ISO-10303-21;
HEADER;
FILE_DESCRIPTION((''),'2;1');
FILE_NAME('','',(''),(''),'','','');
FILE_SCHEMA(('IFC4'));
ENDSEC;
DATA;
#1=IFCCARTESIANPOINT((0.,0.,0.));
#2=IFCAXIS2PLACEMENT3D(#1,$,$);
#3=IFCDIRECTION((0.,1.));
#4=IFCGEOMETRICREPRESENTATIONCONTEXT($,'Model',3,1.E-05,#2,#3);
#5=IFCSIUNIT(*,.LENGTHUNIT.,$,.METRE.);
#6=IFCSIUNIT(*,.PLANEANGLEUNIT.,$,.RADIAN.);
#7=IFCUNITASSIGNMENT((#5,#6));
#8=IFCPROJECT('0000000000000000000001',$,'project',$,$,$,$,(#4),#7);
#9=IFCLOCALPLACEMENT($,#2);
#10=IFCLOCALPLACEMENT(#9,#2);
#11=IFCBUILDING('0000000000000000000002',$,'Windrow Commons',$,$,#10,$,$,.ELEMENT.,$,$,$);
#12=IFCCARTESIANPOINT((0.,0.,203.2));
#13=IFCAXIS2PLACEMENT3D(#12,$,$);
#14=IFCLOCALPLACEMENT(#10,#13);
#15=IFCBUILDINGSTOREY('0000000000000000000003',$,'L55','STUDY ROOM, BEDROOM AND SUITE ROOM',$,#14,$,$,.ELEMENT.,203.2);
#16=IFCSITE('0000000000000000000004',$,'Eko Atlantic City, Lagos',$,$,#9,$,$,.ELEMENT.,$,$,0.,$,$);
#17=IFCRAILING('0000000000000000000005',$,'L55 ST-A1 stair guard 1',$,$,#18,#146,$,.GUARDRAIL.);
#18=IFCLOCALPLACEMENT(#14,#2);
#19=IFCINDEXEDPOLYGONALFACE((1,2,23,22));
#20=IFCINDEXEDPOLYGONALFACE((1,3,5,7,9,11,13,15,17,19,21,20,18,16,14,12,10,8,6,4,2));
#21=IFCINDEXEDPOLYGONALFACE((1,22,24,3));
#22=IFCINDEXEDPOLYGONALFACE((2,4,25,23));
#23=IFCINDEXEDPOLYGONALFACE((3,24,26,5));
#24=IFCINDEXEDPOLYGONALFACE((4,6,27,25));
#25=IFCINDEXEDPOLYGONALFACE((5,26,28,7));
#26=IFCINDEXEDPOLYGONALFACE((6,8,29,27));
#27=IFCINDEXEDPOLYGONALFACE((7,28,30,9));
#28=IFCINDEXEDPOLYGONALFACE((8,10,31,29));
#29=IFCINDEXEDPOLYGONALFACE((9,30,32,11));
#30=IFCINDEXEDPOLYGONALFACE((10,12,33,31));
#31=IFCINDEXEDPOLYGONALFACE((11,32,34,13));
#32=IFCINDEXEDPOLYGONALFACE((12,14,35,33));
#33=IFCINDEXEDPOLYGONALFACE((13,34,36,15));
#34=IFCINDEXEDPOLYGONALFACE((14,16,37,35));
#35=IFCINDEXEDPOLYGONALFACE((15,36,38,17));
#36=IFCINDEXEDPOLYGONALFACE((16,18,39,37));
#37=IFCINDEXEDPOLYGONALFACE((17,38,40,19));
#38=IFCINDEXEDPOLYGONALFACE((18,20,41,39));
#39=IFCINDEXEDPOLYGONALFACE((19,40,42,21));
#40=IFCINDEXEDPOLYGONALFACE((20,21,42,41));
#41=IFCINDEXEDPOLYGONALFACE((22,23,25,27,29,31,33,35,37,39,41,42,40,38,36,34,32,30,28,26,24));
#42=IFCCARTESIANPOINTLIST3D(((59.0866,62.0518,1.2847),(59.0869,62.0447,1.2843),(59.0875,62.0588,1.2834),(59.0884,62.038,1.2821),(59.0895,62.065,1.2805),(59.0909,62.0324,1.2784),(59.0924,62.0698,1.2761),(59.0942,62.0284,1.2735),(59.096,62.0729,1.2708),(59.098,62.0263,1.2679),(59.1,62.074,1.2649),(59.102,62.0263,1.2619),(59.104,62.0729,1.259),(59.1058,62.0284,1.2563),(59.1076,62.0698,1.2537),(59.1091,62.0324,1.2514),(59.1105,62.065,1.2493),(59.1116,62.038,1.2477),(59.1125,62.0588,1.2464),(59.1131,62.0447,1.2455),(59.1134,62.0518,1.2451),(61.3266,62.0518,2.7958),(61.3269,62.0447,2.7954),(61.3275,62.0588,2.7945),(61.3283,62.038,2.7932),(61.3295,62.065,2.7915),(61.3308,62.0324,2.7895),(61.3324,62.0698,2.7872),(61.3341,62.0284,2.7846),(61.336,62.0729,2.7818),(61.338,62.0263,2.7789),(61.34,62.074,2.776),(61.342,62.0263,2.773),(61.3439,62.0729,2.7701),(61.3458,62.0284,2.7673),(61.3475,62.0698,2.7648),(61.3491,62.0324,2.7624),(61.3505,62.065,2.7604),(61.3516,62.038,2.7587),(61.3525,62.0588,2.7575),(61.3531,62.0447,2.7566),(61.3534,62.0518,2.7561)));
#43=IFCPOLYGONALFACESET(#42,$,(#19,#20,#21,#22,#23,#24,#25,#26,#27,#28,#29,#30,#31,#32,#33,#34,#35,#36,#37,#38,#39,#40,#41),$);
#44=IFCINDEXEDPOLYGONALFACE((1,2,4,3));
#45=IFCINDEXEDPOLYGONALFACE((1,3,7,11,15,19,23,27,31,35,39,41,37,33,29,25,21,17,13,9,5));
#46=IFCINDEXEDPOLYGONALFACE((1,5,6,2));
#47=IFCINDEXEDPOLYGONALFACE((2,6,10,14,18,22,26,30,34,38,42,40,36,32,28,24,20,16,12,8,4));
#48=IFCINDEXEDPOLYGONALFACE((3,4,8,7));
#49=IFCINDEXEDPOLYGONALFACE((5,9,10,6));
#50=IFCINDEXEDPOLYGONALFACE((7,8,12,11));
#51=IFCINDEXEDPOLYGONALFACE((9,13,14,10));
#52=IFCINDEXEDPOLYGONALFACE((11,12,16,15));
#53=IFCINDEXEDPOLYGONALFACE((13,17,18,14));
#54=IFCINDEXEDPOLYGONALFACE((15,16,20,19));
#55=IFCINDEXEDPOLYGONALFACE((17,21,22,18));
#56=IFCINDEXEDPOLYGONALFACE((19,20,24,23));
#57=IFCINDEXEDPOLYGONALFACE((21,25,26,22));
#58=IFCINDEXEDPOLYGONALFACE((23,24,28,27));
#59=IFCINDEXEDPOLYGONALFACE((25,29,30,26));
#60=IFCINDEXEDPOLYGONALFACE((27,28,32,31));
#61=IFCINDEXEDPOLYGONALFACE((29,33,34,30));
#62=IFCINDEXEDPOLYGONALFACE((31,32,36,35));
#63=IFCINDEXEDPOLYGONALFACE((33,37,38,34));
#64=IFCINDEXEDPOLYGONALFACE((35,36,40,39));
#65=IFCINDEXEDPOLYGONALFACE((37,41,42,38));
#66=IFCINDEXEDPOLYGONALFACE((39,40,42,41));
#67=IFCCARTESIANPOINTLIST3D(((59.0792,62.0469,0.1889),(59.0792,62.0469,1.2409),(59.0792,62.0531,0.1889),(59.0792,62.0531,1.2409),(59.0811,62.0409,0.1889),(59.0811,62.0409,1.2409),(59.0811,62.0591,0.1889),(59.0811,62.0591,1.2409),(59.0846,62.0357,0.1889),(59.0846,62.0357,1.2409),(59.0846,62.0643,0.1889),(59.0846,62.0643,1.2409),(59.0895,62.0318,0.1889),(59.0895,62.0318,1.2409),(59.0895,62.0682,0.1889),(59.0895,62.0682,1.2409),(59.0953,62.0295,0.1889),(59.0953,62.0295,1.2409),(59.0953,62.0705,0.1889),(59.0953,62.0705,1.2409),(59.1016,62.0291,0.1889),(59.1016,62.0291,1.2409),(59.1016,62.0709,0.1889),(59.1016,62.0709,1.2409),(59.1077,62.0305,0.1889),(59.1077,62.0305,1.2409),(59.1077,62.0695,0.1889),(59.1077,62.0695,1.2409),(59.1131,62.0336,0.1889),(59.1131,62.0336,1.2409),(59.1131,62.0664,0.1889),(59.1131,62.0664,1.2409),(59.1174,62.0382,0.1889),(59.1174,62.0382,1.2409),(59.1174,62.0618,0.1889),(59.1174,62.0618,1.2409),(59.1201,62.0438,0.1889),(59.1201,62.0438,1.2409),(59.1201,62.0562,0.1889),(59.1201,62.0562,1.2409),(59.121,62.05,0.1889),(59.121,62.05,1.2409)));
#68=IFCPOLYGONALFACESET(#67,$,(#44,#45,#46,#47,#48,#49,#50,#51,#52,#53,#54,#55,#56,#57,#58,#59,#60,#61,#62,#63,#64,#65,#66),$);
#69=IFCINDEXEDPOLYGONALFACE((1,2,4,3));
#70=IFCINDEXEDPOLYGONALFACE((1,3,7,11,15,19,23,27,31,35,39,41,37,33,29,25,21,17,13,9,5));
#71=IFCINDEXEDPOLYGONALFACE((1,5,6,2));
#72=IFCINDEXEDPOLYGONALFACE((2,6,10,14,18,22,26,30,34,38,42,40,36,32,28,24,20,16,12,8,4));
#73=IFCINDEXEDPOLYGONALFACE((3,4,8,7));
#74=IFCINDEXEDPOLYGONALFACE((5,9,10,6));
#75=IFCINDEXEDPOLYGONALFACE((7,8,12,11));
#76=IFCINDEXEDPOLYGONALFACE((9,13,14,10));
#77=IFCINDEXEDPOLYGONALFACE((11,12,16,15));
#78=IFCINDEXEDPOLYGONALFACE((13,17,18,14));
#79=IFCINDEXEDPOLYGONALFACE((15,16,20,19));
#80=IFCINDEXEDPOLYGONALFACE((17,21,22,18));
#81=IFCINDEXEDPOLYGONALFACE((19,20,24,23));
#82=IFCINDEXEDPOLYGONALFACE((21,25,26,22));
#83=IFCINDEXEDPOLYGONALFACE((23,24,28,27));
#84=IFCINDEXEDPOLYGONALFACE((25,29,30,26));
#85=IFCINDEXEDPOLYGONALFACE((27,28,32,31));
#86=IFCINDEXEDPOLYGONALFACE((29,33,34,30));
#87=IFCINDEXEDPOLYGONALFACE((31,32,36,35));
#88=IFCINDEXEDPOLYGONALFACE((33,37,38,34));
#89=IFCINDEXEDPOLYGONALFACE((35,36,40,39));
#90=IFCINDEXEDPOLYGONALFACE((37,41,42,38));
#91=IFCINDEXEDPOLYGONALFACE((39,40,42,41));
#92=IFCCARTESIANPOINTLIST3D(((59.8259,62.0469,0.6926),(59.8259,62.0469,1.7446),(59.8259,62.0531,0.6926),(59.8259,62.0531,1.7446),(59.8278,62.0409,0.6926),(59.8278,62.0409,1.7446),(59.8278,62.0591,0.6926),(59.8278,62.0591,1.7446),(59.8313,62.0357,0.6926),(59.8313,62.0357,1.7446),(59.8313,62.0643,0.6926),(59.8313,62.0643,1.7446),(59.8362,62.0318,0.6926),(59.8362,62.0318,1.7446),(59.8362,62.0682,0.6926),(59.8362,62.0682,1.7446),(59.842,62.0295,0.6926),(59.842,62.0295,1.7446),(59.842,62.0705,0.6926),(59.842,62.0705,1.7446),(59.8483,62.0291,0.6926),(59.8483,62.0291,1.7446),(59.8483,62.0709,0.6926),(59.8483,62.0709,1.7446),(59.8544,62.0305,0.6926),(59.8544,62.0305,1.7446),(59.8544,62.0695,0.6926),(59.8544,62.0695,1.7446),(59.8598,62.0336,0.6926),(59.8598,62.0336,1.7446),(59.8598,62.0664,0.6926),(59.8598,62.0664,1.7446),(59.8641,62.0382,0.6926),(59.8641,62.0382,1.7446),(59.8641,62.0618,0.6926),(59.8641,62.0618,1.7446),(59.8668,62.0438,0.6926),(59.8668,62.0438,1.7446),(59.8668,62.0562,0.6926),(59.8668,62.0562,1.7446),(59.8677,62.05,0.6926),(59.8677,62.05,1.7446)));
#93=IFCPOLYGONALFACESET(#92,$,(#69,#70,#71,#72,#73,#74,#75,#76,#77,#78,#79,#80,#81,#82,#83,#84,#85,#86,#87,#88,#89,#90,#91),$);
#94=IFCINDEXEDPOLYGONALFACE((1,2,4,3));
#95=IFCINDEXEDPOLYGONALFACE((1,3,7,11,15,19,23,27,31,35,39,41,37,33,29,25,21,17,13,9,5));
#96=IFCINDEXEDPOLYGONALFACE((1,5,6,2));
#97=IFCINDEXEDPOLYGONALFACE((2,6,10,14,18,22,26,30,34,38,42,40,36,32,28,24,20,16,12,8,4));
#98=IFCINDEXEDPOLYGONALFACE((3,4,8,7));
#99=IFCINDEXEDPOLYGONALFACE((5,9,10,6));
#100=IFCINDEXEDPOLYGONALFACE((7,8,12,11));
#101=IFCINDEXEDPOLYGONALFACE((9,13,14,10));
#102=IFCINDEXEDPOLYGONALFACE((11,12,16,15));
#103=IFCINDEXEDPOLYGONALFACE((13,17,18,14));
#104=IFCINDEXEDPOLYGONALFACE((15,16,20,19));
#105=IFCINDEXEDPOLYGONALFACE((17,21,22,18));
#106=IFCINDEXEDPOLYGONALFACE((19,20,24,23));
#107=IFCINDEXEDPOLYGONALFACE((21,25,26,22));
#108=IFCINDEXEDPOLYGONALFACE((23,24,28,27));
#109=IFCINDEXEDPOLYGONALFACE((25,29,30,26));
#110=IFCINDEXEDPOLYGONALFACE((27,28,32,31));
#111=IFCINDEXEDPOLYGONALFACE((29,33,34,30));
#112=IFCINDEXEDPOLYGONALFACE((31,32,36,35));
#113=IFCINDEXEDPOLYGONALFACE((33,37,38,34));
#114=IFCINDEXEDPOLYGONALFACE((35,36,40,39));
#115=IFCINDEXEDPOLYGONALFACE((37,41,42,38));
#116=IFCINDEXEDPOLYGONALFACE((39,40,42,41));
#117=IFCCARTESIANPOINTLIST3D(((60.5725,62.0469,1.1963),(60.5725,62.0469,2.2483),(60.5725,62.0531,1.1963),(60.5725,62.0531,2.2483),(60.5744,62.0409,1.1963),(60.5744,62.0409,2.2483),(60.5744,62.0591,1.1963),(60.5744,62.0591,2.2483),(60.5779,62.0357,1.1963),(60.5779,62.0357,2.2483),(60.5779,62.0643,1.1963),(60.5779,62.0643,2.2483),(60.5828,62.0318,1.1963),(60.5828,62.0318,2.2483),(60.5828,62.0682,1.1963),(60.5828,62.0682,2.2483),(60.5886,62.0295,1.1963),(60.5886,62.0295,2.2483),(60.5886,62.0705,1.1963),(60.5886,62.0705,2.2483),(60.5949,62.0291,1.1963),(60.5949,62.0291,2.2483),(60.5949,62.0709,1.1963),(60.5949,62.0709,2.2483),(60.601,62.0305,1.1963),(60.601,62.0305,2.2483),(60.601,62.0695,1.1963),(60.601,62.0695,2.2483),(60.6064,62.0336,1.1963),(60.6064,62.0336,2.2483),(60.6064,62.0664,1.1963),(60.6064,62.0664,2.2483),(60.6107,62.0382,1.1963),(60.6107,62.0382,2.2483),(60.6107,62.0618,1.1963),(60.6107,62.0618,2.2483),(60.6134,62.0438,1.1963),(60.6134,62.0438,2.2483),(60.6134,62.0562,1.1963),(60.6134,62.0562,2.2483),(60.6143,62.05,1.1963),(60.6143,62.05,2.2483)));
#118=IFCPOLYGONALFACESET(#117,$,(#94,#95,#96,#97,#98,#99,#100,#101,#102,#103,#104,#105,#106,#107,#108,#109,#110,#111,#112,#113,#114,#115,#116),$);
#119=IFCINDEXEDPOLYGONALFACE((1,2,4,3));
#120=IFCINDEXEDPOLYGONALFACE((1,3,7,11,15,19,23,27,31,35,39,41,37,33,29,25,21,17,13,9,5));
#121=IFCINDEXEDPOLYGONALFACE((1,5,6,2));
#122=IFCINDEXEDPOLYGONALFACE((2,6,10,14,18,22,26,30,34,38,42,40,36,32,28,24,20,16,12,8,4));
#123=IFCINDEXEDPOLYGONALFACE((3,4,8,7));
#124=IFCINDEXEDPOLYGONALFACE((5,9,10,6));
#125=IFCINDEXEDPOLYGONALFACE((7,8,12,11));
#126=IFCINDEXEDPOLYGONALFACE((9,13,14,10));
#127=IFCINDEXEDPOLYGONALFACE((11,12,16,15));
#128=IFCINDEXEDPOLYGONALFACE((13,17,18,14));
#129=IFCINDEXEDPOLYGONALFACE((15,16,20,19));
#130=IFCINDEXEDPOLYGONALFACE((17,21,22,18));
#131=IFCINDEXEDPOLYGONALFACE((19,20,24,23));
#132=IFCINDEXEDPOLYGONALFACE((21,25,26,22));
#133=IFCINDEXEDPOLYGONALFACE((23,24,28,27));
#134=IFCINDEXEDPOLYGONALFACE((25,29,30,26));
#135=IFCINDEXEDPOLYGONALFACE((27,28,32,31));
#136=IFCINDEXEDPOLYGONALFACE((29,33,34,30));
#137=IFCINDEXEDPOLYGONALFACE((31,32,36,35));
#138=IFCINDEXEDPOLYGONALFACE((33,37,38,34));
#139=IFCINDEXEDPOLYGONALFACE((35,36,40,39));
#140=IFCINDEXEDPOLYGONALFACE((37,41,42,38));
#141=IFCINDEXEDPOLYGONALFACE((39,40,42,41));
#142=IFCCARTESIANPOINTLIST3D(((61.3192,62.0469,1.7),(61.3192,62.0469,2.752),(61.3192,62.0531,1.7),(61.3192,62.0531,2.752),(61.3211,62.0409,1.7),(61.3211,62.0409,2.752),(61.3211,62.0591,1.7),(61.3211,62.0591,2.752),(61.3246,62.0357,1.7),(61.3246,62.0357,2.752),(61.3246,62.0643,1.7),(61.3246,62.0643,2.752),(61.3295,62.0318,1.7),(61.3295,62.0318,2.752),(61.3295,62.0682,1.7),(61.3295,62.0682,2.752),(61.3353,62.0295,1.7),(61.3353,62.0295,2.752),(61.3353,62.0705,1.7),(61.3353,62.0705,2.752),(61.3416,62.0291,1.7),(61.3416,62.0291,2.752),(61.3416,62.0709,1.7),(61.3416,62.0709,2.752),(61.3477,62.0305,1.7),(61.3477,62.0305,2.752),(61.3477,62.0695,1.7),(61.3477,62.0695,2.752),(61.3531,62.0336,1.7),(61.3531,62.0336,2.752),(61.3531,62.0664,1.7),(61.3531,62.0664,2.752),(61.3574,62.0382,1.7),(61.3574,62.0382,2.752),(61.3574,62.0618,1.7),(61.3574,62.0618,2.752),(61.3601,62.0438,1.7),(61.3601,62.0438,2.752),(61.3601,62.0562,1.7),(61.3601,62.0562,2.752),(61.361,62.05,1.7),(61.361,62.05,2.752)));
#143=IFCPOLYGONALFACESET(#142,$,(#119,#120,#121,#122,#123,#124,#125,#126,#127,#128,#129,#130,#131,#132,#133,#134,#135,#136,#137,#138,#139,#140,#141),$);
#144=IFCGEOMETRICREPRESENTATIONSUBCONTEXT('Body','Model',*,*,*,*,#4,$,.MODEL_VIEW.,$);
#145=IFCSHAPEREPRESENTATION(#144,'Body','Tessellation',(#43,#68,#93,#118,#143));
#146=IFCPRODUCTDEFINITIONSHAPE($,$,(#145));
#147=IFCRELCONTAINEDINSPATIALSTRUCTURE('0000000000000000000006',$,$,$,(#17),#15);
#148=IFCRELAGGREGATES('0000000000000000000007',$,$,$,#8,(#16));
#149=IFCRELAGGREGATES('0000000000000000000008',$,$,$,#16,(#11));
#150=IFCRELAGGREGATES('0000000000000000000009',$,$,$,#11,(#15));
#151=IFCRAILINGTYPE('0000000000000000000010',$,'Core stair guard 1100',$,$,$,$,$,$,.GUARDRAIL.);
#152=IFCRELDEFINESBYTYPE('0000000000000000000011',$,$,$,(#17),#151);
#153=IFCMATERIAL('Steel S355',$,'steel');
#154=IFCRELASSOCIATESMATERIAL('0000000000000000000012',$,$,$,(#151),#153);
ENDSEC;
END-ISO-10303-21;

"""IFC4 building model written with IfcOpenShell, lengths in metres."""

from ifc_helpers import new_model, si_unit, direction, frame, origin, origin_2d, place, context, subcontext, project, spatial, circle, extrude, material, type_object, element, save


model = new_model("IFC4")

# Units and contexts
model_context = context("Model", 3, precision=1e-05, world=origin(), true_north=direction((0.0, 1.0)))
body_context = subcontext(model_context, "Body", "Model", "MODEL_VIEW")
ifc_project = project(units=[si_unit("LENGTHUNIT", "METRE"), si_unit("PLANEANGLEUNIT", "RADIAN")], contexts=[model_context])

# Site, building, storey
site_placement = place(None, origin())
site = spatial("IfcSite", under=ifc_project, at=site_placement, Name="Eko Atlantic City, Lagos", CompositionType="ELEMENT", RefElevation=0.0)
building_placement = place(site_placement, origin())
building = spatial("IfcBuilding", under=site, at=building_placement, Name="Windrow Commons", CompositionType="ELEMENT")
storey_placement = place(building_placement, frame((0.0, 0.0, 203.2)))
storey = spatial("IfcBuildingStorey", under=building, at=storey_placement, Name="L55", Description="STUDY ROOM, BEDROOM AND SUITE ROOM", CompositionType="ELEMENT", Elevation=203.2)

# Railing
ifc_material_1 = material(Name="Steel S355", Category="steel")
railing_type_1 = type_object("IfcRailingType", Name="Core stair guard 1100", PredefinedType="GUARDRAIL", material=ifc_material_1)
railing_1_placement = place(storey_placement, frame((59.1, 62.05, 0.1889)))
element("IfcRailing", 1, at=railing_1_placement, inside=storey, type_object=railing_type_1, Name="L55 ST-A1 stair guard 1", PredefinedType="GUARDRAIL", context=body_context, shape_type="SweptSolid", body=[
    extrude(circle(Radius=0.024, at=origin_2d()), frame((0.0, 0.0, 1.076), z_axis=(0.829003, 0.0, 0.559244), x_axis=(0.0, 1.0, 0.0)), (0.0, 0.0, 1.0), 2.702),
    extrude(circle(Radius=0.021, at=origin_2d()), origin(), (0.0, 0.0, 1.0), 1.052),
    extrude(circle(Radius=0.021, at=origin_2d()), frame((0.7467, 0.0, 0.5037)), (0.0, 0.0, 1.0), 1.052),
    extrude(circle(Radius=0.021, at=origin_2d()), frame((1.4933, 0.0, 1.0074)), (0.0, 0.0, 1.0), 1.052),
    extrude(circle(Radius=0.021, at=origin_2d()), frame((2.24, 0.0, 1.5111)), (0.0, 0.0, 1.0), 1.052),
])

save(model, "model.ifc")
